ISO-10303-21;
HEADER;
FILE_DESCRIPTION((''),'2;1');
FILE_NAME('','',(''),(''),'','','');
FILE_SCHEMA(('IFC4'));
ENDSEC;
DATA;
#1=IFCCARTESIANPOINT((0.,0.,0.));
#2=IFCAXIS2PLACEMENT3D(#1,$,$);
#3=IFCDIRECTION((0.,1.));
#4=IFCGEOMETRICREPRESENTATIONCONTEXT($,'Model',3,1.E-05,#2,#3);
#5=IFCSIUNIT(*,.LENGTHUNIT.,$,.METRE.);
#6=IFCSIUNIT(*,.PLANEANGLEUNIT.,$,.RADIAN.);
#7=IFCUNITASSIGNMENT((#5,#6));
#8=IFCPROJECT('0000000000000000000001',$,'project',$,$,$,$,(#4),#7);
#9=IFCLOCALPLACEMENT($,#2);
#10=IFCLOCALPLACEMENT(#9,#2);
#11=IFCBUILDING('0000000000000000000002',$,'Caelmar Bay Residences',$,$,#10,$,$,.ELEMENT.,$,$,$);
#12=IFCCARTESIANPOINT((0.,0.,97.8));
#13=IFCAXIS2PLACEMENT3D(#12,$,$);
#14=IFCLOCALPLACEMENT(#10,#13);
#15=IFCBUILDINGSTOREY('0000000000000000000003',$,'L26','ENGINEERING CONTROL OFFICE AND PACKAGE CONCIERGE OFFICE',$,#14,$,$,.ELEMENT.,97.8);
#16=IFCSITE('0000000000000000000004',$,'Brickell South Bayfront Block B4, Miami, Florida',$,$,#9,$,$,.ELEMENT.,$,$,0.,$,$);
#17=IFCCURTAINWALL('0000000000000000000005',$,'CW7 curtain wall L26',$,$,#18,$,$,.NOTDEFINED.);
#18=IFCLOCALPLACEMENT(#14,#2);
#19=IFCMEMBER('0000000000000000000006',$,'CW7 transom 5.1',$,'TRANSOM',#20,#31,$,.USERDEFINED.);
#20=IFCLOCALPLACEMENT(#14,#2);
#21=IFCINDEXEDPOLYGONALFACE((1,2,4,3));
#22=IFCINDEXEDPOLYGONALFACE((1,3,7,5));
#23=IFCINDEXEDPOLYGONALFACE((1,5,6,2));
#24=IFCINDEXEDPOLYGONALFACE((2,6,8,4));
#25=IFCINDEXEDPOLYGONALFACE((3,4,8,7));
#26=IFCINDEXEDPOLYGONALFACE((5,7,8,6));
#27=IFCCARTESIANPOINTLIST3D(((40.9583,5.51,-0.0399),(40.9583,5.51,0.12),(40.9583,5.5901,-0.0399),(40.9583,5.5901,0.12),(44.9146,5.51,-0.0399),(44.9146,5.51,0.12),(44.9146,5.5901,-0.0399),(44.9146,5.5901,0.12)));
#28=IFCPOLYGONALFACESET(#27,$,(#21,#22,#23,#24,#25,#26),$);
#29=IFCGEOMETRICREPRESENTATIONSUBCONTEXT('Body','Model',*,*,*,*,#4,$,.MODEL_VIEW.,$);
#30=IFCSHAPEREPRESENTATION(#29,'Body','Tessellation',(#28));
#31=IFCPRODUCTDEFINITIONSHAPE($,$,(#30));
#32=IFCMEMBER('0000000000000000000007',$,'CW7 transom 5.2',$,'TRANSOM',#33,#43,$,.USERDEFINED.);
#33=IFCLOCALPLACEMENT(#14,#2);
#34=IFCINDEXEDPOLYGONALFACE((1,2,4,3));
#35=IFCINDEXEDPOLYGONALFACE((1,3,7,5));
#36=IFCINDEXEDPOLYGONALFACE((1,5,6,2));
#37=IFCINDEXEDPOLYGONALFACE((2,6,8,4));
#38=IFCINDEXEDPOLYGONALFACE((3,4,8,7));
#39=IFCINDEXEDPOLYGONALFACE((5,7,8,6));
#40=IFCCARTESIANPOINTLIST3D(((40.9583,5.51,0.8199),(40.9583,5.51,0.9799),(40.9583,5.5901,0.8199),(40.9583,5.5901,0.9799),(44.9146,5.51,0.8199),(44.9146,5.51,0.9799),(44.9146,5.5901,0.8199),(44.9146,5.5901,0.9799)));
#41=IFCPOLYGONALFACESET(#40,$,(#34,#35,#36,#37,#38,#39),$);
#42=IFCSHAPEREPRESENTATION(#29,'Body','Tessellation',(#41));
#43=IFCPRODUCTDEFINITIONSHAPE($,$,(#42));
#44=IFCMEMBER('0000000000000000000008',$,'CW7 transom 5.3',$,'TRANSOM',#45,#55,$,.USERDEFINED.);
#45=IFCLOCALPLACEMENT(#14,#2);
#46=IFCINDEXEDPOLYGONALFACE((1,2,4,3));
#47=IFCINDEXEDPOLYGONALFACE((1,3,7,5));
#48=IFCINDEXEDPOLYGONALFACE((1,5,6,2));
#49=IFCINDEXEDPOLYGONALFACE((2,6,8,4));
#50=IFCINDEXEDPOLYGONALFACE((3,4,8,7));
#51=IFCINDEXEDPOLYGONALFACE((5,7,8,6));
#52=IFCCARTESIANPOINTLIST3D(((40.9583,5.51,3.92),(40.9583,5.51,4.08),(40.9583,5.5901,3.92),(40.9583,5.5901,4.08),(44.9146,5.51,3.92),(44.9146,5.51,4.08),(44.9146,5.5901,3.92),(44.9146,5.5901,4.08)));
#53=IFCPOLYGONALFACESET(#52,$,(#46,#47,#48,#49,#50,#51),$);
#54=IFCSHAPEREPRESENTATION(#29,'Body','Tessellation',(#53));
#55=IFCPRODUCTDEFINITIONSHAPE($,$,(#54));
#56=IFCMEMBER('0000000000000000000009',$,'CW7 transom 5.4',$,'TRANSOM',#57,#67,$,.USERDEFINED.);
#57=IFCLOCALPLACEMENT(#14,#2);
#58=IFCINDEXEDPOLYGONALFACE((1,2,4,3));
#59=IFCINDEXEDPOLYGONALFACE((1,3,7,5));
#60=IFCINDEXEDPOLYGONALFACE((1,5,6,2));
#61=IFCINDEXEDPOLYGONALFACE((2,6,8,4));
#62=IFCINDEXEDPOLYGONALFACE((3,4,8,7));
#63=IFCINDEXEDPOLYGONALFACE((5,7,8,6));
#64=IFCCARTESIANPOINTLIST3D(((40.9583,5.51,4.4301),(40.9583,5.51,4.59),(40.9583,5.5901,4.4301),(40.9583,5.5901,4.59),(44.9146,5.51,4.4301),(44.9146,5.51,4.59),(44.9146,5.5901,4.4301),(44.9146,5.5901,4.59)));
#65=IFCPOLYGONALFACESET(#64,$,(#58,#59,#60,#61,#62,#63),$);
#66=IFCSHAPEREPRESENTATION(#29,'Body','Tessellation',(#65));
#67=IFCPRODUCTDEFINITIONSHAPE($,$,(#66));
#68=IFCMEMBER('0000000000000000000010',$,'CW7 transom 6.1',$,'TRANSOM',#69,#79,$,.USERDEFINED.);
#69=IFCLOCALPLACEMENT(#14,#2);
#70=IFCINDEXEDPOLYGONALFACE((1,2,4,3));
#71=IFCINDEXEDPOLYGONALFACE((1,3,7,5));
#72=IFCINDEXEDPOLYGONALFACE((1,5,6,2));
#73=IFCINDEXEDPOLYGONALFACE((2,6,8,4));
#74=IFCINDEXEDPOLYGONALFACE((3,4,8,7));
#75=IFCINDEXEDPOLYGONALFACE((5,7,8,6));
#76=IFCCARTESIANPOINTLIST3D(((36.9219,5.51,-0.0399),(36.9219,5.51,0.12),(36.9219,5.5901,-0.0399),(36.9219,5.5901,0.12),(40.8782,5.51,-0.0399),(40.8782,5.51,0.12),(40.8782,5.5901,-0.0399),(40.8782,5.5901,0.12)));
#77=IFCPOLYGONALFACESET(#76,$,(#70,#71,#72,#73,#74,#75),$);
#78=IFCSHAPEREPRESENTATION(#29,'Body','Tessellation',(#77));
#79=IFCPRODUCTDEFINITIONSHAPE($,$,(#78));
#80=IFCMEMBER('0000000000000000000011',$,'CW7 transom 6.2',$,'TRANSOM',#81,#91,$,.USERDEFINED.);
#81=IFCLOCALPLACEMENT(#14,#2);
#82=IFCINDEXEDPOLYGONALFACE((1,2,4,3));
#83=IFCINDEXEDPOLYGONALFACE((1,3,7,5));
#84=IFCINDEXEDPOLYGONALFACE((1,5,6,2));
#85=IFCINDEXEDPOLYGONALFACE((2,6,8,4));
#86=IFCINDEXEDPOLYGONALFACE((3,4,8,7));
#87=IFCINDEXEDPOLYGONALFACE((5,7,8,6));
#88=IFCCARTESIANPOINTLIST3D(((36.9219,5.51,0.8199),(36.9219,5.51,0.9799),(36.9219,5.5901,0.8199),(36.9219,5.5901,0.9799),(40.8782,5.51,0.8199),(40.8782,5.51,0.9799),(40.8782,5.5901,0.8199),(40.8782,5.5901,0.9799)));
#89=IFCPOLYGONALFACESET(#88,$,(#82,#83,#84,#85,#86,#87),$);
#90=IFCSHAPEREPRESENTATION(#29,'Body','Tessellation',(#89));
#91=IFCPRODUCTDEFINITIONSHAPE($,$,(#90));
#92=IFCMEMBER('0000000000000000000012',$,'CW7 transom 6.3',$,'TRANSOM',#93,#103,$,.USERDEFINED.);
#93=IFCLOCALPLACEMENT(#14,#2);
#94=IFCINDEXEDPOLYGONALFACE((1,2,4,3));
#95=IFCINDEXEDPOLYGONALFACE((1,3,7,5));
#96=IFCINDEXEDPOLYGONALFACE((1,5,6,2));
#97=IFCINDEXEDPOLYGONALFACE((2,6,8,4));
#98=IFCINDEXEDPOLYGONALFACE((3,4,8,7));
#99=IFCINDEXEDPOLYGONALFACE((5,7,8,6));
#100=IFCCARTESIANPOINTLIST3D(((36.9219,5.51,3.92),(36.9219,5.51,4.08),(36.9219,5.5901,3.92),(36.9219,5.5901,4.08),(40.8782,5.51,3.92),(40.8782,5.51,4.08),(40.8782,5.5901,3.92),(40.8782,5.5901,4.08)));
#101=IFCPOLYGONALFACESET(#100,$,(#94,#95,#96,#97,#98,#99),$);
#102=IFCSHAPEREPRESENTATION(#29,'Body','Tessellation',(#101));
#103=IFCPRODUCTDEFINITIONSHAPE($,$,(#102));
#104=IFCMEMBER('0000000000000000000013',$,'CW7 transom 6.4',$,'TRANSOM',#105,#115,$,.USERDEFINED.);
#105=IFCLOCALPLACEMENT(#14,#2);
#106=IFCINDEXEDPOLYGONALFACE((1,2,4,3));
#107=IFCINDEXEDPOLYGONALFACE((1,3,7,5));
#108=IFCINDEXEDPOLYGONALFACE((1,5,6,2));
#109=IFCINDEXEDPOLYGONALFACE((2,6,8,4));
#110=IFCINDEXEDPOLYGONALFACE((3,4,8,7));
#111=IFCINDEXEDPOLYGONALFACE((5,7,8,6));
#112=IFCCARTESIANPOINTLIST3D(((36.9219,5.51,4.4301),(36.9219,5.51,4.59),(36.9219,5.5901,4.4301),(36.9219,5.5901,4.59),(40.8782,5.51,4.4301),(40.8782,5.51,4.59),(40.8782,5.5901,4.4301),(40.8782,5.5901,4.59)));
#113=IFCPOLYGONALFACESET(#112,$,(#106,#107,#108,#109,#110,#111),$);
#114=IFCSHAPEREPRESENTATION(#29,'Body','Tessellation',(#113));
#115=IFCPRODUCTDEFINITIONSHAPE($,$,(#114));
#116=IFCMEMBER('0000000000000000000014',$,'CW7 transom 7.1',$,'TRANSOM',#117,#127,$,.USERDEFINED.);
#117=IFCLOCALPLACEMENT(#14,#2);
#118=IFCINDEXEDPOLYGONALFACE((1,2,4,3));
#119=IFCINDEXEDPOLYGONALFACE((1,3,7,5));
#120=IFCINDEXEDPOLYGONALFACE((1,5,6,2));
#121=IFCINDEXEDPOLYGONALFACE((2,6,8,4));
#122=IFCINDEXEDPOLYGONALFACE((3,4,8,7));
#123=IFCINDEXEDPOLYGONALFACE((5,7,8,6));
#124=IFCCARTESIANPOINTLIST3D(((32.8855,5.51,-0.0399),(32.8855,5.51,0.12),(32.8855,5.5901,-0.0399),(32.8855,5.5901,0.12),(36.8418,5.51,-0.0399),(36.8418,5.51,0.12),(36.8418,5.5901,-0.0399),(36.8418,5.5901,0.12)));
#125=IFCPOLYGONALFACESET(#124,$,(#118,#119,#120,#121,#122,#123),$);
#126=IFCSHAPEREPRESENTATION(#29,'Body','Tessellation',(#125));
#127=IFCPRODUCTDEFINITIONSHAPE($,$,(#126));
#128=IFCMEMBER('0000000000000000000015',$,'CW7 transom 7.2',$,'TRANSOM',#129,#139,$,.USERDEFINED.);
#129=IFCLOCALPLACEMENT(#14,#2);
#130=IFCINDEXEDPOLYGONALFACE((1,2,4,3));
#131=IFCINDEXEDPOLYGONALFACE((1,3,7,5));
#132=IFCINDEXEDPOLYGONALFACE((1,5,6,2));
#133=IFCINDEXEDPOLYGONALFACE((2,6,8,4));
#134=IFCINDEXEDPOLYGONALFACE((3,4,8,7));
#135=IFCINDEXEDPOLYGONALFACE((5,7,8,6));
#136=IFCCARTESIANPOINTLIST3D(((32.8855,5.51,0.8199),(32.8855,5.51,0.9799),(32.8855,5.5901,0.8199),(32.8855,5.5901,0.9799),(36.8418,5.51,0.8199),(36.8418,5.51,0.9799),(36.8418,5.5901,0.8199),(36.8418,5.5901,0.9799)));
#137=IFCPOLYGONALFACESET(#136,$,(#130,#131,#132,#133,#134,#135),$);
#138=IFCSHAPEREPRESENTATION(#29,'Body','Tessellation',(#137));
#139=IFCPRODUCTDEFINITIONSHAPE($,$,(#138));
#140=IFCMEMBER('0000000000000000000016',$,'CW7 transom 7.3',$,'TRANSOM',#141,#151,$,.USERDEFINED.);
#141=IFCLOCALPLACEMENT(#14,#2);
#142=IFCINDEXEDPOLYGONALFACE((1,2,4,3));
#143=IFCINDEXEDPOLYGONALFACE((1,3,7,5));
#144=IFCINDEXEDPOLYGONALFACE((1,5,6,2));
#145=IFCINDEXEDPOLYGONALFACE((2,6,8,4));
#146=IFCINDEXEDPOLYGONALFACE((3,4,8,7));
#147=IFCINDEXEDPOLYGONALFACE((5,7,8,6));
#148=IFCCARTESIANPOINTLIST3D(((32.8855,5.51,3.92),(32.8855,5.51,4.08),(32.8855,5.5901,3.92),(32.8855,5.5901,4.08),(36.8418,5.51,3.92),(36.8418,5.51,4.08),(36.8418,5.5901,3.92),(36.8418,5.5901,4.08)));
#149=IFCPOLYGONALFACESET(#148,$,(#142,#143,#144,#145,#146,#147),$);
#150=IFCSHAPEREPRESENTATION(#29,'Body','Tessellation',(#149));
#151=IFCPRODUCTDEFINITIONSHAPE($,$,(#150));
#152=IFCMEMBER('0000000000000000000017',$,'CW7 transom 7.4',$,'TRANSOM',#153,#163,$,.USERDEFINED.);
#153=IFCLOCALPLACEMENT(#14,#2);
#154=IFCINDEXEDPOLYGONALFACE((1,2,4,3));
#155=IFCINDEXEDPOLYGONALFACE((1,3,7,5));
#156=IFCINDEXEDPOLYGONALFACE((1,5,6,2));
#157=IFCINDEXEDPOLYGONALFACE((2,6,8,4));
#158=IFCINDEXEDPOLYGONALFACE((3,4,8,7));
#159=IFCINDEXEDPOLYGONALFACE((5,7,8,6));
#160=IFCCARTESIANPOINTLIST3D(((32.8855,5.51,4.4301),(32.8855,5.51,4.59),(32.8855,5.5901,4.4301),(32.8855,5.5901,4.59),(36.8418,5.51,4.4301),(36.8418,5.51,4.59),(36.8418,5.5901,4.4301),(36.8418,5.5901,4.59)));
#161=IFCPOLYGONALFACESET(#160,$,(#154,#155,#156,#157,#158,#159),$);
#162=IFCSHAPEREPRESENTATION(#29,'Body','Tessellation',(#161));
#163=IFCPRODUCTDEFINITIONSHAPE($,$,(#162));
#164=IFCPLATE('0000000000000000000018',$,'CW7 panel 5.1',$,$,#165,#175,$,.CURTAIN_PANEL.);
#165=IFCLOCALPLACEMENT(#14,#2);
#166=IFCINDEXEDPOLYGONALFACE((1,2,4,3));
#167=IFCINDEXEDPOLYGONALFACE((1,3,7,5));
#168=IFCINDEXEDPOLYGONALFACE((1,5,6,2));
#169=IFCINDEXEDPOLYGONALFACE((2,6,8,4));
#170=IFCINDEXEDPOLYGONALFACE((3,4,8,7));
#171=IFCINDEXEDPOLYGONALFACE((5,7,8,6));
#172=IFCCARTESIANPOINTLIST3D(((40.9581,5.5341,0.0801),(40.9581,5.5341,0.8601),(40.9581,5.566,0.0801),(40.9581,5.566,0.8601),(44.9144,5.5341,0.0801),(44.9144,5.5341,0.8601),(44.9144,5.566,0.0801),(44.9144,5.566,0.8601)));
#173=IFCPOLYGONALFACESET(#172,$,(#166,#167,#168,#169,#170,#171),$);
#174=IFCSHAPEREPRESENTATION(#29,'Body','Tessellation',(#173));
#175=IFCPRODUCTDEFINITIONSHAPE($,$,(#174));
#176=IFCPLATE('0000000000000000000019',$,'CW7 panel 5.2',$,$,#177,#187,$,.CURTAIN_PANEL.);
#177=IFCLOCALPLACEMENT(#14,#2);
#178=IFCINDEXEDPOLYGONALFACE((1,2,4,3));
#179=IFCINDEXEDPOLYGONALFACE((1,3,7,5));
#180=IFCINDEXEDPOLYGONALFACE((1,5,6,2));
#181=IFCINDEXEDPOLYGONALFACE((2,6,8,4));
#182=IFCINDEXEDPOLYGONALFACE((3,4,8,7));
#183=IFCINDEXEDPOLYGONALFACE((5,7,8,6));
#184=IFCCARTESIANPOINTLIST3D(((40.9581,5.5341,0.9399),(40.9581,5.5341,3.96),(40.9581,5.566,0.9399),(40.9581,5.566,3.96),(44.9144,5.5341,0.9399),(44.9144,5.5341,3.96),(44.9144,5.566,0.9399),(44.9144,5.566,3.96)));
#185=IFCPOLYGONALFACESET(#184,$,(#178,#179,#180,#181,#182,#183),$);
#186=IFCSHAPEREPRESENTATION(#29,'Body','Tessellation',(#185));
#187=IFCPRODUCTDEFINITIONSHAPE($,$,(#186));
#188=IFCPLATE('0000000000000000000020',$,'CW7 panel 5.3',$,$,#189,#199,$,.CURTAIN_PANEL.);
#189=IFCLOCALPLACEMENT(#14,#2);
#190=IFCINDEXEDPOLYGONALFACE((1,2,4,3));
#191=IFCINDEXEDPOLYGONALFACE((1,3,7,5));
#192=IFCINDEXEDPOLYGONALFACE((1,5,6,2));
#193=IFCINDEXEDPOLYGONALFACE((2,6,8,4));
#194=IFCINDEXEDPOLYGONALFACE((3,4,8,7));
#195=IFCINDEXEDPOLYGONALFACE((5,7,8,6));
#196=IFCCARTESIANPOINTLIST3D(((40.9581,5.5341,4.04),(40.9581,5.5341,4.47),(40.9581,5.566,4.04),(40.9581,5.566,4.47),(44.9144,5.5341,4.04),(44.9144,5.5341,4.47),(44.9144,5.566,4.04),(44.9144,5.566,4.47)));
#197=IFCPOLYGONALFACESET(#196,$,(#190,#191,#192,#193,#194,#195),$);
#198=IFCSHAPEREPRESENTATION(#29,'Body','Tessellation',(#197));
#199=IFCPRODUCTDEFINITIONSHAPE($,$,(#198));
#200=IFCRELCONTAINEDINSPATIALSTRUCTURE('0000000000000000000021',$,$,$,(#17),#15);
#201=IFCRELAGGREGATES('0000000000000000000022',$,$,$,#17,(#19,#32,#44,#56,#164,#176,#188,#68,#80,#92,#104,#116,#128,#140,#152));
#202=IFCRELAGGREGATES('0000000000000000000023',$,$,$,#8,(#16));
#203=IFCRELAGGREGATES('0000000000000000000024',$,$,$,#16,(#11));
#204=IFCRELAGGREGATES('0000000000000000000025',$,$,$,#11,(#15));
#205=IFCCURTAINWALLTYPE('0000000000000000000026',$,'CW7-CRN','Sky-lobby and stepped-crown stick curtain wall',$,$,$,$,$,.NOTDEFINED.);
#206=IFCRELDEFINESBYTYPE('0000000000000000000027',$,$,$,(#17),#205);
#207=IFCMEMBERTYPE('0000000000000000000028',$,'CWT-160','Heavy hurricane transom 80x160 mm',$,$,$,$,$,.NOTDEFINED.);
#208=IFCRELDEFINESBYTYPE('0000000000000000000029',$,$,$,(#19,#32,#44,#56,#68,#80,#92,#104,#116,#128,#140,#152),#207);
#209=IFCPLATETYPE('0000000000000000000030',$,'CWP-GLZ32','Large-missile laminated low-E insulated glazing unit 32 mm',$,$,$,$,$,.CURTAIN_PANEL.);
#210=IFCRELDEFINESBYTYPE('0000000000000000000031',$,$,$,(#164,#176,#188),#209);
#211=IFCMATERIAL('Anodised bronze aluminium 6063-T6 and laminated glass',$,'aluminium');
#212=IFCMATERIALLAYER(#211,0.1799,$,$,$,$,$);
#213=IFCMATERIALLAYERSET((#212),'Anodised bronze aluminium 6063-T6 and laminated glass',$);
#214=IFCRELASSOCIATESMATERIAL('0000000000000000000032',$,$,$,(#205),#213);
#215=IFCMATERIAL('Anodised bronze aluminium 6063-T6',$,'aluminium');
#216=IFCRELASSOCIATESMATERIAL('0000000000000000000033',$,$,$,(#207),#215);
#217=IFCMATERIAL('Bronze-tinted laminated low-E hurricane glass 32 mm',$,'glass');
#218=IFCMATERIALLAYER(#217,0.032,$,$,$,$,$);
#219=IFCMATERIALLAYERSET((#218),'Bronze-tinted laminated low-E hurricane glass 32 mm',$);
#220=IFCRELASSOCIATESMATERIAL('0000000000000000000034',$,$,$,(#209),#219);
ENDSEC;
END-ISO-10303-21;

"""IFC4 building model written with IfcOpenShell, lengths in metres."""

from ifc_helpers import new_model, si_unit, direction, frame, origin, origin_2d, place, context, subcontext, project, spatial, rectangle, extrude, material, layer, layer_set, material_profile, profile_set, type_object, element, aggregate, save


model = new_model("IFC4")

# Units and contexts
model_context = context("Model", 3, precision=1e-05, world=origin(), true_north=direction((0.0, 1.0)))
body_context = subcontext(model_context, "Body", "Model", "MODEL_VIEW")
ifc_project = project(units=[si_unit("LENGTHUNIT", "METRE"), si_unit("PLANEANGLEUNIT", "RADIAN")], contexts=[model_context])

# Site, building, storey
site_placement = place(None, origin())
site = spatial("IfcSite", under=ifc_project, at=site_placement, Name="Brickell South Bayfront Block B4, Miami, Florida", CompositionType="ELEMENT", RefElevation=0.0)
building_placement = place(site_placement, origin())
building = spatial("IfcBuilding", under=site, at=building_placement, Name="Caelmar Bay Residences", CompositionType="ELEMENT")
storey_placement = place(building_placement, frame((0.0, 0.0, 97.8)))
storey = spatial("IfcBuildingStorey", under=building, at=storey_placement, Name="L26", Description="ENGINEERING CONTROL OFFICE AND PACKAGE CONCIERGE OFFICE", CompositionType="ELEMENT", Elevation=97.8)

# Curtain wall, members, plates
ifc_material_1 = material(Name="Anodised bronze aluminium 6063-T6 and laminated glass", Category="aluminium")
ifc_layer_1 = layer(ifc_material_1, 0.1799)
ifc_layer_set_1 = layer_set([ifc_layer_1], Name="Anodised bronze aluminium 6063-T6 and laminated glass")
curtain_wall_type = type_object("IfcCurtainWallType", Name="CW7-CRN", Description="Sky-lobby and stepped-crown stick curtain wall", PredefinedType="NOTDEFINED", material=ifc_layer_set_1)
curtain_wall_placement = place(storey_placement, origin())
curtain_wall = element("IfcCurtainWall", 1, at=curtain_wall_placement, inside=storey, type_object=curtain_wall_type, Name="CW7 curtain wall L26", PredefinedType="NOTDEFINED")
ifc_material_2 = material(Name="Anodised bronze aluminium 6063-T6", Category="aluminium")
ifc_material_profile_1 = material_profile(ifc_material_2, rectangle(XDim=0.0801, YDim=0.1599, at=origin_2d()), Name="CWT-80X160")
ifc_profile_set_1 = profile_set([ifc_material_profile_1], Name="Anodised bronze aluminium 6063-T6")
member_type_1 = type_object("IfcMemberType", Name="CWT-160", Description="Heavy hurricane transom 80x160 mm", PredefinedType="NOTDEFINED", material=ifc_profile_set_1)
member_1_placement = place(storey_placement, frame((44.9146, 5.55, 0.04), z_axis=(-1.0, 0.0, 0.0), x_axis=(0.0, -1.0, 0.0)))
member_1 = element("IfcMember", 2, at=member_1_placement, type_object=member_type_1, Name="CW7 transom 5.1", ObjectType="TRANSOM", PredefinedType="USERDEFINED", context=body_context, shape_type="SweptSolid", body=[
    extrude(rectangle(XDim=0.0801, YDim=0.1599, at=origin_2d()), origin(), (0.0, 0.0, 1.0), 3.9563),
])
member_2_placement = place(storey_placement, frame((44.9146, 5.55, 0.8999), z_axis=(-1.0, 0.0, 0.0), x_axis=(0.0, -1.0, 0.0)))
member_2 = element("IfcMember", 3, at=member_2_placement, type_object=member_type_1, Name="CW7 transom 5.2", ObjectType="TRANSOM", PredefinedType="USERDEFINED", context=body_context, shape_type="SweptSolid", body=[
    extrude(rectangle(XDim=0.0801, YDim=0.1599, at=origin_2d()), origin(), (0.0, 0.0, 1.0), 3.9563),
])
member_3_placement = place(storey_placement, frame((44.9146, 5.55, 4.0), z_axis=(-1.0, 0.0, 0.0), x_axis=(0.0, -1.0, 0.0)))
member_3 = element("IfcMember", 4, at=member_3_placement, type_object=member_type_1, Name="CW7 transom 5.3", ObjectType="TRANSOM", PredefinedType="USERDEFINED", context=body_context, shape_type="SweptSolid", body=[
    extrude(rectangle(XDim=0.0801, YDim=0.1599, at=origin_2d()), origin(), (0.0, 0.0, 1.0), 3.9563),
])
member_4_placement = place(storey_placement, frame((44.9146, 5.55, 4.51), z_axis=(-1.0, 0.0, 0.0), x_axis=(0.0, -1.0, 0.0)))
member_4 = element("IfcMember", 5, at=member_4_placement, type_object=member_type_1, Name="CW7 transom 5.4", ObjectType="TRANSOM", PredefinedType="USERDEFINED", context=body_context, shape_type="SweptSolid", body=[
    extrude(rectangle(XDim=0.0801, YDim=0.1599, at=origin_2d()), origin(), (0.0, 0.0, 1.0), 3.9563),
])
member_5_placement = place(storey_placement, frame((40.8782, 5.55, 0.04), z_axis=(-1.0, 0.0, 0.0), x_axis=(0.0, -1.0, 0.0)))
member_5 = element("IfcMember", 6, at=member_5_placement, type_object=member_type_1, Name="CW7 transom 6.1", ObjectType="TRANSOM", PredefinedType="USERDEFINED", context=body_context, shape_type="SweptSolid", body=[
    extrude(rectangle(XDim=0.0801, YDim=0.1599, at=origin_2d()), origin(), (0.0, 0.0, 1.0), 3.9563),
])
member_6_placement = place(storey_placement, frame((40.8782, 5.55, 0.8999), z_axis=(-1.0, 0.0, 0.0), x_axis=(0.0, -1.0, 0.0)))
member_6 = element("IfcMember", 7, at=member_6_placement, type_object=member_type_1, Name="CW7 transom 6.2", ObjectType="TRANSOM", PredefinedType="USERDEFINED", context=body_context, shape_type="SweptSolid", body=[
    extrude(rectangle(XDim=0.0801, YDim=0.1599, at=origin_2d()), origin(), (0.0, 0.0, 1.0), 3.9563),
])
member_7_placement = place(storey_placement, frame((40.8782, 5.55, 4.0), z_axis=(-1.0, 0.0, 0.0), x_axis=(0.0, -1.0, 0.0)))
member_7 = element("IfcMember", 8, at=member_7_placement, type_object=member_type_1, Name="CW7 transom 6.3", ObjectType="TRANSOM", PredefinedType="USERDEFINED", context=body_context, shape_type="SweptSolid", body=[
    extrude(rectangle(XDim=0.0801, YDim=0.1599, at=origin_2d()), origin(), (0.0, 0.0, 1.0), 3.9563),
])
member_8_placement = place(storey_placement, frame((40.8782, 5.55, 4.51), z_axis=(-1.0, 0.0, 0.0), x_axis=(0.0, -1.0, 0.0)))
member_8 = element("IfcMember", 9, at=member_8_placement, type_object=member_type_1, Name="CW7 transom 6.4", ObjectType="TRANSOM", PredefinedType="USERDEFINED", context=body_context, shape_type="SweptSolid", body=[
    extrude(rectangle(XDim=0.0801, YDim=0.1599, at=origin_2d()), origin(), (0.0, 0.0, 1.0), 3.9563),
])
member_9_placement = place(storey_placement, frame((36.8418, 5.55, 0.04), z_axis=(-1.0, 0.0, 0.0), x_axis=(0.0, -1.0, 0.0)))
member_9 = element("IfcMember", 10, at=member_9_placement, type_object=member_type_1, Name="CW7 transom 7.1", ObjectType="TRANSOM", PredefinedType="USERDEFINED", context=body_context, shape_type="SweptSolid", body=[
    extrude(rectangle(XDim=0.0801, YDim=0.1599, at=origin_2d()), origin(), (0.0, 0.0, 1.0), 3.9563),
])
member_10_placement = place(storey_placement, frame((36.8418, 5.55, 0.8999), z_axis=(-1.0, 0.0, 0.0), x_axis=(0.0, -1.0, 0.0)))
member_10 = element("IfcMember", 11, at=member_10_placement, type_object=member_type_1, Name="CW7 transom 7.2", ObjectType="TRANSOM", PredefinedType="USERDEFINED", context=body_context, shape_type="SweptSolid", body=[
    extrude(rectangle(XDim=0.0801, YDim=0.1599, at=origin_2d()), origin(), (0.0, 0.0, 1.0), 3.9563),
])
member_11_placement = place(storey_placement, frame((36.8418, 5.55, 4.0), z_axis=(-1.0, 0.0, 0.0), x_axis=(0.0, -1.0, 0.0)))
member_11 = element("IfcMember", 12, at=member_11_placement, type_object=member_type_1, Name="CW7 transom 7.3", ObjectType="TRANSOM", PredefinedType="USERDEFINED", context=body_context, shape_type="SweptSolid", body=[
    extrude(rectangle(XDim=0.0801, YDim=0.1599, at=origin_2d()), origin(), (0.0, 0.0, 1.0), 3.9563),
])
member_12_placement = place(storey_placement, frame((36.8418, 5.55, 4.51), z_axis=(-1.0, 0.0, 0.0), x_axis=(0.0, -1.0, 0.0)))
member_12 = element("IfcMember", 13, at=member_12_placement, type_object=member_type_1, Name="CW7 transom 7.4", ObjectType="TRANSOM", PredefinedType="USERDEFINED", context=body_context, shape_type="SweptSolid", body=[
    extrude(rectangle(XDim=0.0801, YDim=0.1599, at=origin_2d()), origin(), (0.0, 0.0, 1.0), 3.9563),
])
ifc_material_3 = material(Name="Bronze-tinted laminated low-E hurricane glass 32 mm", Category="glass")
ifc_layer_2 = layer(ifc_material_3, 0.032)
ifc_layer_set_2 = layer_set([ifc_layer_2], Name="Bronze-tinted laminated low-E hurricane glass 32 mm")
plate_type = type_object("IfcPlateType", Name="CWP-GLZ32", Description="Large-missile laminated low-E insulated glazing unit 32 mm", PredefinedType="CURTAIN_PANEL", material=ifc_layer_set_2)
plate_1_placement = place(storey_placement, frame((42.9363, 5.55, 0.0801), z_axis=(0.0, 0.0, 1.0), x_axis=(-1.0, 0.0, 0.0)))
plate_1 = element("IfcPlate", 14, at=plate_1_placement, type_object=plate_type, Name="CW7 panel 5.1", PredefinedType="CURTAIN_PANEL", context=body_context, shape_type="SweptSolid", body=[
    extrude(rectangle(XDim=3.9563, YDim=0.032, at=origin_2d()), origin(), (0.0, 0.0, 1.0), 0.78),
])
plate_2_placement = place(storey_placement, frame((42.9363, 5.55, 0.9399), z_axis=(0.0, 0.0, 1.0), x_axis=(-1.0, 0.0, 0.0)))
plate_2 = element("IfcPlate", 15, at=plate_2_placement, type_object=plate_type, Name="CW7 panel 5.2", PredefinedType="CURTAIN_PANEL", context=body_context, shape_type="SweptSolid", body=[
    extrude(rectangle(XDim=3.9563, YDim=0.032, at=origin_2d()), origin(), (0.0, 0.0, 1.0), 3.02),
])
plate_3_placement = place(storey_placement, frame((42.9363, 5.55, 4.04), z_axis=(0.0, 0.0, 1.0), x_axis=(-1.0, 0.0, 0.0)))
plate_3 = element("IfcPlate", 16, at=plate_3_placement, type_object=plate_type, Name="CW7 panel 5.3", PredefinedType="CURTAIN_PANEL", context=body_context, shape_type="SweptSolid", body=[
    extrude(rectangle(XDim=3.9563, YDim=0.032, at=origin_2d()), origin(), (0.0, 0.0, 1.0), 0.4299),
])
aggregate(curtain_wall, [member_1, member_2, member_3, member_4, plate_1, plate_2, plate_3, member_5, member_6, member_7, member_8, member_9, member_10, member_11, member_12])

save(model, "model.ifc")
